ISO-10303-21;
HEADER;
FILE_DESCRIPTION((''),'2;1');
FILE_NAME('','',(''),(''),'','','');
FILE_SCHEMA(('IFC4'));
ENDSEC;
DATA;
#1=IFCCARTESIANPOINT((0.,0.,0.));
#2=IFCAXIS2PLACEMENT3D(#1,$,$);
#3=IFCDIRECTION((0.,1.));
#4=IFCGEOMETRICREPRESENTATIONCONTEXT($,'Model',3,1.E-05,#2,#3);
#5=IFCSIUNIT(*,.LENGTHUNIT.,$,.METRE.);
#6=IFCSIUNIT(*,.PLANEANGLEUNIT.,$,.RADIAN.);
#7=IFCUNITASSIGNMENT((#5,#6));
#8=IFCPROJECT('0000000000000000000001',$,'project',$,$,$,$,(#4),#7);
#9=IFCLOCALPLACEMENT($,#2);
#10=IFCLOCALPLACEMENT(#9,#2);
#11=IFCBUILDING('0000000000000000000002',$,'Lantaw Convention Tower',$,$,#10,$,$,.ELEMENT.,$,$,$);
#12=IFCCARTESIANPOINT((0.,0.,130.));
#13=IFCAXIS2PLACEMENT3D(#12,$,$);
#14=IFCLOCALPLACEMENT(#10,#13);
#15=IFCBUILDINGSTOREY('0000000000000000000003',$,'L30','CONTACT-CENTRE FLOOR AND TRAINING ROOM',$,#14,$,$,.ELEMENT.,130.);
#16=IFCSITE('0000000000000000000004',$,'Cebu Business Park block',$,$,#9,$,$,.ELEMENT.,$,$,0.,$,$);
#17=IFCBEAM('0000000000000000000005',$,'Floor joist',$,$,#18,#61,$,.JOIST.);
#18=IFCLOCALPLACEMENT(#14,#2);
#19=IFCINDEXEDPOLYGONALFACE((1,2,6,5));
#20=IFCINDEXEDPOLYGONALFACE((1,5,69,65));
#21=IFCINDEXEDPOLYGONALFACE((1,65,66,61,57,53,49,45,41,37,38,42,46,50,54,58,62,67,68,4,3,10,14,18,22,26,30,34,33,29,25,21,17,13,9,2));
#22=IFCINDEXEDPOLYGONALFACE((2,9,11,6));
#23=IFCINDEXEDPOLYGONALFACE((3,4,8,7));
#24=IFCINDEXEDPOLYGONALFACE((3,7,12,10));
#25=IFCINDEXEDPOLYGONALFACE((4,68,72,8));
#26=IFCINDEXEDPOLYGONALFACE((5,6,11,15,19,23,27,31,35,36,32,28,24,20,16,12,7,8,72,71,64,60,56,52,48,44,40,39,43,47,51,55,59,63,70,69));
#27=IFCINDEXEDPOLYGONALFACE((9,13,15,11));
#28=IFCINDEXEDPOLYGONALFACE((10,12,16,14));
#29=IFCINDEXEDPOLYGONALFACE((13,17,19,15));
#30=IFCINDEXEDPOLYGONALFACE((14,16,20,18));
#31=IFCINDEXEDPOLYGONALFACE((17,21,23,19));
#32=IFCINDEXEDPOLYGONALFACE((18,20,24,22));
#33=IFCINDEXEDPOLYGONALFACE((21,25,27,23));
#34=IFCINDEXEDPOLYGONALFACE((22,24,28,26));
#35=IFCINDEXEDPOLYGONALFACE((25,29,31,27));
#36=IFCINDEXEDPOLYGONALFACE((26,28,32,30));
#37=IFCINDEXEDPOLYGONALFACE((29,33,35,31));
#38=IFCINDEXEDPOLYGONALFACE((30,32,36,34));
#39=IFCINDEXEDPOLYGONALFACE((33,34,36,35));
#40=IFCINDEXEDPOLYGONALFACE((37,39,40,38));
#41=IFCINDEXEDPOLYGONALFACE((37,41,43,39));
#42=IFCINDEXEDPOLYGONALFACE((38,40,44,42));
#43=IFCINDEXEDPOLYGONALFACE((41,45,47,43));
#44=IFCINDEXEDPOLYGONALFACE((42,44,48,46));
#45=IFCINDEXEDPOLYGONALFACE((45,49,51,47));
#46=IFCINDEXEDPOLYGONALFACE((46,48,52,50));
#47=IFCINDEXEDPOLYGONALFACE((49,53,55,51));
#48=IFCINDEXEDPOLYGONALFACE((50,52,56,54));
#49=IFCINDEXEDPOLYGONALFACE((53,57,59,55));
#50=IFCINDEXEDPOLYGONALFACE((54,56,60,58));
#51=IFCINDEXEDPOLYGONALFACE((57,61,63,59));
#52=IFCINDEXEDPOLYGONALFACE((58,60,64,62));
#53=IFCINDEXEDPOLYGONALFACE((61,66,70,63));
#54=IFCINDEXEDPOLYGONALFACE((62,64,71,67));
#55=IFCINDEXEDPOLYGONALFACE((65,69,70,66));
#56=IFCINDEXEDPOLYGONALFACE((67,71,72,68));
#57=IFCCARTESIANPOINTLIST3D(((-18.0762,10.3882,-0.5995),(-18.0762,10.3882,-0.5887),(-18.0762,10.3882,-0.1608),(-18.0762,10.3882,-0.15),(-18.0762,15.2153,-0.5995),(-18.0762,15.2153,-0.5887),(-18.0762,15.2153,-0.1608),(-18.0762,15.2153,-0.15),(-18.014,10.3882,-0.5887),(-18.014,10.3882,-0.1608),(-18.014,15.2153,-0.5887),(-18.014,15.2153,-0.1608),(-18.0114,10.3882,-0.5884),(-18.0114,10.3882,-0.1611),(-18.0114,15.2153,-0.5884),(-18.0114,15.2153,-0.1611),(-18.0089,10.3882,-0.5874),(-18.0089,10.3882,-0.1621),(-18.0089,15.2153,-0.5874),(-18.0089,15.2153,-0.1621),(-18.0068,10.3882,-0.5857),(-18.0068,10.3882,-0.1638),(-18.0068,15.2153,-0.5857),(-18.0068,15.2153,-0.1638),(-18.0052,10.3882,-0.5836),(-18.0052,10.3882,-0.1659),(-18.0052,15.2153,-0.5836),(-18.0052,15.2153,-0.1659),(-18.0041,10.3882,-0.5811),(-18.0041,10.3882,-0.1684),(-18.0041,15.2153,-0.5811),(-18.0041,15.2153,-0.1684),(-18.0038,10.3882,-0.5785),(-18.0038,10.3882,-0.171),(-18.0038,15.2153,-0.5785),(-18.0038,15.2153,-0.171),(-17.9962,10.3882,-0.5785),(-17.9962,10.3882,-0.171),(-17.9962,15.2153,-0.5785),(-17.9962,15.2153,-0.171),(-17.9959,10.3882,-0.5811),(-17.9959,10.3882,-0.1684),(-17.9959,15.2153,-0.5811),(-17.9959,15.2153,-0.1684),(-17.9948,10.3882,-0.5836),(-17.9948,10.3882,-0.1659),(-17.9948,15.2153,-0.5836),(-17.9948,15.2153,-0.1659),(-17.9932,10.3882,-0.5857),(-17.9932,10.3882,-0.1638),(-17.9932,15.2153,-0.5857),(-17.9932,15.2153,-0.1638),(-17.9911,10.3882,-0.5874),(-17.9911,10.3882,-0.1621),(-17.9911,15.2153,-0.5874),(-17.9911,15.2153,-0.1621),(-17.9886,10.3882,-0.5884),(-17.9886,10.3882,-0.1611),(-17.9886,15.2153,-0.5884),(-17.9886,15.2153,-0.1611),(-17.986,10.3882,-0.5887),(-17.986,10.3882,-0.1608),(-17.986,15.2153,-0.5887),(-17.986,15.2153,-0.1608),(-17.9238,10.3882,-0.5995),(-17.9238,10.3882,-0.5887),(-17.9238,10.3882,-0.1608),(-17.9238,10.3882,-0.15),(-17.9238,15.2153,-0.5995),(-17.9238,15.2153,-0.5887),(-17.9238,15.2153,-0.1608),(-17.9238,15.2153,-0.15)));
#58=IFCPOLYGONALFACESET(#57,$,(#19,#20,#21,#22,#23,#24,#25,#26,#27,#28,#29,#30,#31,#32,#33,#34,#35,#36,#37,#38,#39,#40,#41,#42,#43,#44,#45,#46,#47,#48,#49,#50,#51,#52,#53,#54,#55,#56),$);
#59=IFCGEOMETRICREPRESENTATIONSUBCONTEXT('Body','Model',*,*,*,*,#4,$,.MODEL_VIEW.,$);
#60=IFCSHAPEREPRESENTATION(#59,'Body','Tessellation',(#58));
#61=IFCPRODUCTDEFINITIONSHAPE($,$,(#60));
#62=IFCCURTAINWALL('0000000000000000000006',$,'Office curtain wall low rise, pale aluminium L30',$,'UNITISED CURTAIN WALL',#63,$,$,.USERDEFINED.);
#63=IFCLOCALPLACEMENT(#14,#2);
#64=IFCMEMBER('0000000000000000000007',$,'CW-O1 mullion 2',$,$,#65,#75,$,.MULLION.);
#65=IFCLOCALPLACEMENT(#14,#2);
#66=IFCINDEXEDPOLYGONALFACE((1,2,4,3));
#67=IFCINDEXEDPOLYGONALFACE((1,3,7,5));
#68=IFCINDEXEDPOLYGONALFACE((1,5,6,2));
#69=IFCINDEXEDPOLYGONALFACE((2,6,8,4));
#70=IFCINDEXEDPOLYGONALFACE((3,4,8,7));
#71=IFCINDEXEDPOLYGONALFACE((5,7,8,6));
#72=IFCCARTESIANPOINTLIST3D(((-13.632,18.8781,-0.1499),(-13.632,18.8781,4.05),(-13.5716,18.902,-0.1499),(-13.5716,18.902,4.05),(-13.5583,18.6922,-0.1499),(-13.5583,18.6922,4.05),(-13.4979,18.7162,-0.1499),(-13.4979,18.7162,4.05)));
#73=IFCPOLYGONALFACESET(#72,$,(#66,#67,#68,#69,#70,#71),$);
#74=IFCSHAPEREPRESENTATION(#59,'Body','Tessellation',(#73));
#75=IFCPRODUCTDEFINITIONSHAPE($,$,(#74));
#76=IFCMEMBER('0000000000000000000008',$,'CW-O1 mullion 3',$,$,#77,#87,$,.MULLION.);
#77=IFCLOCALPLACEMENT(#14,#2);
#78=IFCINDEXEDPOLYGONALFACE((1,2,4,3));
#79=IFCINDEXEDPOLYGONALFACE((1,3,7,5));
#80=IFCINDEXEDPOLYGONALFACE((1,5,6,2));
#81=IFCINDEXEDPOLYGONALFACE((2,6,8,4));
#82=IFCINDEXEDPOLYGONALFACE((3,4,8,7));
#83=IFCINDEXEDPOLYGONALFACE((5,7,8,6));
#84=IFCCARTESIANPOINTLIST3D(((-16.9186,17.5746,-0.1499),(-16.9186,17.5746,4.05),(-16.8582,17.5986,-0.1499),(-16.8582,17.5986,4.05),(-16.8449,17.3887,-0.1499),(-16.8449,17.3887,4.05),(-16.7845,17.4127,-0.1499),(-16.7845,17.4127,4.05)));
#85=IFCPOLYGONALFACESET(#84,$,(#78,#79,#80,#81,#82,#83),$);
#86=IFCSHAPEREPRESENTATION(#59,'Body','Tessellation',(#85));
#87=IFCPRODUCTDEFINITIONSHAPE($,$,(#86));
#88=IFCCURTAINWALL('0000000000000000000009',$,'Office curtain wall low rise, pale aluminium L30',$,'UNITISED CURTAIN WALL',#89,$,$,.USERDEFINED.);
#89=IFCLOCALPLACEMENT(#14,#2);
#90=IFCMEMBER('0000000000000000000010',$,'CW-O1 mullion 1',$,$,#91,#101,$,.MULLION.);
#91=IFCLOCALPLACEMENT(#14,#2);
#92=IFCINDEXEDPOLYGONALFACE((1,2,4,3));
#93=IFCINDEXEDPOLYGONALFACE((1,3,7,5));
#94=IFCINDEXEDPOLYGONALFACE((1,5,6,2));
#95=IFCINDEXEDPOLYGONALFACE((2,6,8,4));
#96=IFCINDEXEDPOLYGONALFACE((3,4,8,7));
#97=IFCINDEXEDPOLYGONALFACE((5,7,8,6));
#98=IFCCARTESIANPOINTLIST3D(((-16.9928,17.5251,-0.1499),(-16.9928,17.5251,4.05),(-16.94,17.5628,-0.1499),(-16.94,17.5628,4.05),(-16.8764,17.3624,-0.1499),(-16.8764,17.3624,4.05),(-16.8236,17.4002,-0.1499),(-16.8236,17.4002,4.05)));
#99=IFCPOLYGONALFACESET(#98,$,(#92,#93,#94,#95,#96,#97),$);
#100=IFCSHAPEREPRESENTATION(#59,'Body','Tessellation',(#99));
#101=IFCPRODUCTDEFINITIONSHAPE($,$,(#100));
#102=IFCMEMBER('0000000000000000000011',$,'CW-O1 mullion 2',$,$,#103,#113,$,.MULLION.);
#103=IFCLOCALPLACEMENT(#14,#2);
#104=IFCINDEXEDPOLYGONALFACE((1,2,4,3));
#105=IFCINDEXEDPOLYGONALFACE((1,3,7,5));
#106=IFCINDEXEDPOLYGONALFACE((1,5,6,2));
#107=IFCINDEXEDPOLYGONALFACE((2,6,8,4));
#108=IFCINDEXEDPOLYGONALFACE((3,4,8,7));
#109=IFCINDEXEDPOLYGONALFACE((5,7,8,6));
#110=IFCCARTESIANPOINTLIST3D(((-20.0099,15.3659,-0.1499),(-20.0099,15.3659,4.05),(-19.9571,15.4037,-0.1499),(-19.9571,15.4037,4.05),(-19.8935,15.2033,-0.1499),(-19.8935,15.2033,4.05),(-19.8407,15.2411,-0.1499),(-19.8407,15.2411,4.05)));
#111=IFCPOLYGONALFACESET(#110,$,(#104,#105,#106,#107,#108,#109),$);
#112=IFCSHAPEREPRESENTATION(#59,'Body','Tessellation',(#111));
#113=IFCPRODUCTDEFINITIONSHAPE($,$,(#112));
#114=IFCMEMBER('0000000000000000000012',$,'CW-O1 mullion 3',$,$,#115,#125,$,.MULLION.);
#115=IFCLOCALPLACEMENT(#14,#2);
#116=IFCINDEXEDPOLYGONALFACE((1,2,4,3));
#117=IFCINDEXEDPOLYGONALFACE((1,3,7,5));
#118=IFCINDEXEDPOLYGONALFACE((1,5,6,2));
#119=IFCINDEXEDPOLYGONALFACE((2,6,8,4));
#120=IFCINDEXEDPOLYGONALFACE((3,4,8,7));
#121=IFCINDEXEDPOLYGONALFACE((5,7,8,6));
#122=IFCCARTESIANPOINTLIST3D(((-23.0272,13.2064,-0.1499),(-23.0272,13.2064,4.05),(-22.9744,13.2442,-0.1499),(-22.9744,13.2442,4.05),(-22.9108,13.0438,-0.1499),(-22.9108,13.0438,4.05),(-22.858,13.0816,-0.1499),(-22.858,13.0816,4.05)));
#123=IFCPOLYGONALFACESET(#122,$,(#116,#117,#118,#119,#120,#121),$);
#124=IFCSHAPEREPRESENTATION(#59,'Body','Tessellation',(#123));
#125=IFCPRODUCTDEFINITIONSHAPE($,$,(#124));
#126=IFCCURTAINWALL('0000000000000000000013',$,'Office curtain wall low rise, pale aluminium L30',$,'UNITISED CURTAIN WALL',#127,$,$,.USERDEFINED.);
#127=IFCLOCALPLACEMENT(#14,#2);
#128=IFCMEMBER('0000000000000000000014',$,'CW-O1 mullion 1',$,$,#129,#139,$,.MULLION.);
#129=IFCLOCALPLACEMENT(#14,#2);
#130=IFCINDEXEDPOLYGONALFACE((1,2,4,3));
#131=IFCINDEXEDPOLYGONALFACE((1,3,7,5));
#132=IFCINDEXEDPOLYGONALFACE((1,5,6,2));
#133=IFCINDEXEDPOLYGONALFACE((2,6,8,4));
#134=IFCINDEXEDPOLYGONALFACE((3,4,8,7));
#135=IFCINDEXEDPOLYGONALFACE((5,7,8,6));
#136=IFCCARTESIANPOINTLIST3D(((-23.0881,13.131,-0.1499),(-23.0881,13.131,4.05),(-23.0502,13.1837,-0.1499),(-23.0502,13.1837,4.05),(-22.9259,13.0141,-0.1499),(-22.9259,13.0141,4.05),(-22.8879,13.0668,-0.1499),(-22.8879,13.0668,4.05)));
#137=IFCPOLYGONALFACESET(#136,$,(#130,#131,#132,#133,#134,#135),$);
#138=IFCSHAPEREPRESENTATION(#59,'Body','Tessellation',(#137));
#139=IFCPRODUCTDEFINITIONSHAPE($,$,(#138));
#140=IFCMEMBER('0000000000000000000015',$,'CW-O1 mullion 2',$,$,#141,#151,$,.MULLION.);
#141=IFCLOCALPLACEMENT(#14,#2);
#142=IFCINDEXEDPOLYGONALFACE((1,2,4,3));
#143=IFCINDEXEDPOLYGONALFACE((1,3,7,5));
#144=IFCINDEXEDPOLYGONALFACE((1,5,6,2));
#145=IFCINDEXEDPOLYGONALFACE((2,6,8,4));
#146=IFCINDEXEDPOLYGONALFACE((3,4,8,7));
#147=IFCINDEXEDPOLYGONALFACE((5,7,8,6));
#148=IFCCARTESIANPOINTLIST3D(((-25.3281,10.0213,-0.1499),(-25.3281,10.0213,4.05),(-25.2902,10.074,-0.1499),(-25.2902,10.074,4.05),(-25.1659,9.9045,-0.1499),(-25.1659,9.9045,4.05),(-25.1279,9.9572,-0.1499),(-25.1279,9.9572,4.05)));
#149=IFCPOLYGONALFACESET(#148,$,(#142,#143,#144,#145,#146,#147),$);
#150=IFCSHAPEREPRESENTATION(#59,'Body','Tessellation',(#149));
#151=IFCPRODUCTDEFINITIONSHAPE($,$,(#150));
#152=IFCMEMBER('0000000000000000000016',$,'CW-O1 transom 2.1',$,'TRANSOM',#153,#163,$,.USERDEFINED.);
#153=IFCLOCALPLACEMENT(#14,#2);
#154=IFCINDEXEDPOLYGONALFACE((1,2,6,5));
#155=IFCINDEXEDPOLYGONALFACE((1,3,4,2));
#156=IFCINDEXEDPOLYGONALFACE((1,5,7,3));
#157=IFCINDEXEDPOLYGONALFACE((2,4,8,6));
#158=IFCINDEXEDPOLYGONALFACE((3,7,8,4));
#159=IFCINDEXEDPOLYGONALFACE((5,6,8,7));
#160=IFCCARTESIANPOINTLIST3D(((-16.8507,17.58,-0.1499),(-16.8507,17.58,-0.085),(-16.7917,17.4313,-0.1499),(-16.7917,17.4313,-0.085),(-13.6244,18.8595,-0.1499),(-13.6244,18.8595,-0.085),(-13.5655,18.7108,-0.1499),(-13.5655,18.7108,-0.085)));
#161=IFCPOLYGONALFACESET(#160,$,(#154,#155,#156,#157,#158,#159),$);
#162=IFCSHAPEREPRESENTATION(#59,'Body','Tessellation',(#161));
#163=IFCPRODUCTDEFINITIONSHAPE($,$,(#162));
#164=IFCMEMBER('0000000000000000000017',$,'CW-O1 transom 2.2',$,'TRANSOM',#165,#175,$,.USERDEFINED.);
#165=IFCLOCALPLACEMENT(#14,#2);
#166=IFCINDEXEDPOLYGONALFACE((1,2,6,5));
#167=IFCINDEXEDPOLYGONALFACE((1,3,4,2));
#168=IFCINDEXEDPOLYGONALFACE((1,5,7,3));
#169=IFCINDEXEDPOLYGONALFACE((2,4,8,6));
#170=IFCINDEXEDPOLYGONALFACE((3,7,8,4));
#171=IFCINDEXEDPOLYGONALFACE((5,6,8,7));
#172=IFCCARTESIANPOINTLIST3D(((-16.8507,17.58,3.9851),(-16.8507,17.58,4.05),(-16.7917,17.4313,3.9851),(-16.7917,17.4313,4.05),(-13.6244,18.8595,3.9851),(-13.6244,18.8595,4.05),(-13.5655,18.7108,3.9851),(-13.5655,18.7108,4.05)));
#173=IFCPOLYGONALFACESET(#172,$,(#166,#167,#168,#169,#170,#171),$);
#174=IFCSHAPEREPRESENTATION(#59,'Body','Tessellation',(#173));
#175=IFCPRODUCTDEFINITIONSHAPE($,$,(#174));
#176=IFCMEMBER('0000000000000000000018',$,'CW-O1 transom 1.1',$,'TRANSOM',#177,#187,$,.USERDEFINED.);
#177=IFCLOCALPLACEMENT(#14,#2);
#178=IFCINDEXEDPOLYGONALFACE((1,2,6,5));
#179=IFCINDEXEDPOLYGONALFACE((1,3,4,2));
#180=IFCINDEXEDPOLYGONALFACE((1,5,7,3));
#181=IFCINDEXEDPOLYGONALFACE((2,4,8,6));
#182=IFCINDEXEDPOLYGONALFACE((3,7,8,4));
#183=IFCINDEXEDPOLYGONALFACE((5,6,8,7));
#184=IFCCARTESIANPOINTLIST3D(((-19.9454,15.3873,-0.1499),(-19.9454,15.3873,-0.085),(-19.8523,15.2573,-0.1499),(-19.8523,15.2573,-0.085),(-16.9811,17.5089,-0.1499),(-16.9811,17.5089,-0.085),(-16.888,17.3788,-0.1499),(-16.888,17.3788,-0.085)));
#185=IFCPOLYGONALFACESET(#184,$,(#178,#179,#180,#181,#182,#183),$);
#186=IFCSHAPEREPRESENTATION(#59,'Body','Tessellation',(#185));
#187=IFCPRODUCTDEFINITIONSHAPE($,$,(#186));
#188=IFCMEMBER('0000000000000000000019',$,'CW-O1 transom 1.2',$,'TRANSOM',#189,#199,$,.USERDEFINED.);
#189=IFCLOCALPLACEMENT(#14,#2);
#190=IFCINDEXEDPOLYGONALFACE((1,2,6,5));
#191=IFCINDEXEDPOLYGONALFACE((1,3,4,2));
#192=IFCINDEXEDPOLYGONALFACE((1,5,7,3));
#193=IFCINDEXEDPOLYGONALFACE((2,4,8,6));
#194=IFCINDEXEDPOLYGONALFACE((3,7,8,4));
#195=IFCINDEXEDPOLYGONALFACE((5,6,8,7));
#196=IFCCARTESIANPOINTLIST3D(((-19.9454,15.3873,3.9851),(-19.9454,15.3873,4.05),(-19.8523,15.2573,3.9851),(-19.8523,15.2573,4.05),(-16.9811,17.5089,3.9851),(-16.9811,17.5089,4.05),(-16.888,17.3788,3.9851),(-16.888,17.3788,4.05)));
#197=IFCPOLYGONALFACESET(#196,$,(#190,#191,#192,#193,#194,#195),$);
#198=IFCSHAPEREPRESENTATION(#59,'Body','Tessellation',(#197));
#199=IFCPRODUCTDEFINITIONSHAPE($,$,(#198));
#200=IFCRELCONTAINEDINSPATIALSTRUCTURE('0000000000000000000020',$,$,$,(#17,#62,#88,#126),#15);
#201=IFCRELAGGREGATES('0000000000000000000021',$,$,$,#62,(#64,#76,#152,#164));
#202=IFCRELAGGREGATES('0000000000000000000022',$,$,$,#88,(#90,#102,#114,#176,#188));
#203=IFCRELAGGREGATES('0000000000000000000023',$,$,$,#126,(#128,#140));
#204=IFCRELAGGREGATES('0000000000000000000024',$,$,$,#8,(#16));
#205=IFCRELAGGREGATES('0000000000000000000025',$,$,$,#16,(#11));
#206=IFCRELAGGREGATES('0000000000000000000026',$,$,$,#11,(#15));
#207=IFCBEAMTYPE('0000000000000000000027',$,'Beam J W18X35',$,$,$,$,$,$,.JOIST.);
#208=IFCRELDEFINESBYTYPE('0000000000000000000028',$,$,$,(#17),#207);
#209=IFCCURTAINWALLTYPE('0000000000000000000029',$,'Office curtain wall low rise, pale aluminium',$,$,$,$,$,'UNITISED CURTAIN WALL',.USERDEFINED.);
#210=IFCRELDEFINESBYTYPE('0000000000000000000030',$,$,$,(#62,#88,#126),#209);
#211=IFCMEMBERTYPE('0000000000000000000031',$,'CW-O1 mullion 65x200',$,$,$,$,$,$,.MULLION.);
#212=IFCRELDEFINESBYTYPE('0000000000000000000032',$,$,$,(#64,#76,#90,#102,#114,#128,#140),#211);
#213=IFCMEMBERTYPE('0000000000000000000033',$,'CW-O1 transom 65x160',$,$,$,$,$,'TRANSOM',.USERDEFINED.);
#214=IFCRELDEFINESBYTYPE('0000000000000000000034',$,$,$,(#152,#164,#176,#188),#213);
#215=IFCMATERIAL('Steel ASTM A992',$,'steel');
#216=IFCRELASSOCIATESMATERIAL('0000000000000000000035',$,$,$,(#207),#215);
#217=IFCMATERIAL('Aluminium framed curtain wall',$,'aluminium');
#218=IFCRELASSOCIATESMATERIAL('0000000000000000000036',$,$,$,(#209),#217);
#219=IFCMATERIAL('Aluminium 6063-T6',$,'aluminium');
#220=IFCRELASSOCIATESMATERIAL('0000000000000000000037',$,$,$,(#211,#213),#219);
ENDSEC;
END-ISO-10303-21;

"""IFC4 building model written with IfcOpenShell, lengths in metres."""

from ifc_helpers import new_model, si_unit, direction, frame, origin, origin_2d, place, context, subcontext, project, spatial, rectangle, i_section, extrude, material, material_profile, profile_set, type_object, element, aggregate, save


model = new_model("IFC4")

# Units and contexts
model_context = context("Model", 3, precision=1e-05, world=origin(), true_north=direction((0.0, 1.0)))
body_context = subcontext(model_context, "Body", "Model", "MODEL_VIEW")
ifc_project = project(units=[si_unit("LENGTHUNIT", "METRE"), si_unit("PLANEANGLEUNIT", "RADIAN")], contexts=[model_context])

# Site, building, storey
site_placement = place(None, origin())
site = spatial("IfcSite", under=ifc_project, at=site_placement, Name="Cebu Business Park block", CompositionType="ELEMENT", RefElevation=0.0)
building_placement = place(site_placement, origin())
building = spatial("IfcBuilding", under=site, at=building_placement, Name="Lantaw Convention Tower", CompositionType="ELEMENT")
storey_placement = place(building_placement, frame((0.0, 0.0, 130.0)))
storey = spatial("IfcBuildingStorey", under=building, at=storey_placement, Name="L30", Description="CONTACT-CENTRE FLOOR AND TRAINING ROOM", CompositionType="ELEMENT", Elevation=130.0)

# Beam
ifc_material_1 = material(Name="Steel ASTM A992", Category="steel")
ifc_material_profile_1 = material_profile(ifc_material_1, i_section(OverallWidth=0.1523, OverallDepth=0.4495, WebThickness=0.0076, FlangeThickness=0.0107, FilletRadius=0.0103, at=origin_2d()), Name="W18X35")
ifc_profile_set_1 = profile_set([ifc_material_profile_1], Name="Steel ASTM A992")
beam_type_1 = type_object("IfcBeamType", Name="Beam J W18X35", PredefinedType="JOIST", material=ifc_profile_set_1)
beam_1_placement = place(storey_placement, frame((-18.0, 10.3882, -0.3748), z_axis=(0.0, 1.0, 0.0), x_axis=(-1.0, 0.0, 0.0)))
element("IfcBeam", 1, at=beam_1_placement, inside=storey, type_object=beam_type_1, Name="Floor joist", PredefinedType="JOIST", context=body_context, shape_type="SweptSolid", body=[
    extrude(i_section(OverallWidth=0.1523, OverallDepth=0.4495, WebThickness=0.0076, FlangeThickness=0.0107, FilletRadius=0.0103, at=origin_2d()), origin(), (0.0, 0.0, 1.0), 4.8271),
])

# Curtain walls, members
ifc_material_2 = material(Name="Aluminium framed curtain wall", Category="aluminium")
curtain_wall_type = type_object("IfcCurtainWallType", Name="Office curtain wall low rise, pale aluminium", ElementType="UNITISED CURTAIN WALL", PredefinedType="USERDEFINED", material=ifc_material_2)
curtain_wall_1_placement = place(storey_placement, origin())
curtain_wall_1 = element("IfcCurtainWall", 2, at=curtain_wall_1_placement, inside=storey, type_object=curtain_wall_type, Name="Office curtain wall low rise, pale aluminium L30", ObjectType="UNITISED CURTAIN WALL", PredefinedType="USERDEFINED")
ifc_material_3 = material(Name="Aluminium 6063-T6", Category="aluminium")
ifc_material_profile_2 = material_profile(ifc_material_3, rectangle(XDim=0.2, YDim=0.0649, at=origin_2d()), Name="CW-O1 mullion 65x200")
ifc_profile_set_2 = profile_set([ifc_material_profile_2], Name="Aluminium 6063-T6")
member_type_1 = type_object("IfcMemberType", Name="CW-O1 mullion 65x200", PredefinedType="MULLION", material=ifc_profile_set_2)
member_1_placement = place(storey_placement, frame((-13.5649, 18.7971, -0.1499), z_axis=(0.0, 0.0, 1.0), x_axis=(0.368702, -0.929548, 0.0)))
member_1 = element("IfcMember", 3, at=member_1_placement, type_object=member_type_1, Name="CW-O1 mullion 2", PredefinedType="MULLION", context=body_context, shape_type="SweptSolid", body=[
    extrude(rectangle(XDim=0.2, YDim=0.0649, at=origin_2d()), origin(), (0.0, 0.0, 1.0), 4.2),
])
member_2_placement = place(storey_placement, frame((-16.8516, 17.4937, -0.1499), z_axis=(0.0, 0.0, 1.0), x_axis=(0.368702, -0.929548, 0.0)))
member_2 = element("IfcMember", 4, at=member_2_placement, type_object=member_type_1, Name="CW-O1 mullion 3", PredefinedType="MULLION", context=body_context, shape_type="SweptSolid", body=[
    extrude(rectangle(XDim=0.2, YDim=0.0649, at=origin_2d()), origin(), (0.0, 0.0, 1.0), 4.2),
])
curtain_wall_2_placement = place(storey_placement, origin())
curtain_wall_2 = element("IfcCurtainWall", 5, at=curtain_wall_2_placement, inside=storey, type_object=curtain_wall_type, Name="Office curtain wall low rise, pale aluminium L30", ObjectType="UNITISED CURTAIN WALL", PredefinedType="USERDEFINED")
member_3_placement = place(storey_placement, frame((-16.9082, 17.4626, -0.1499), z_axis=(0.0, 0.0, 1.0), x_axis=(0.581973, -0.813208, 0.0)))
member_3 = element("IfcMember", 6, at=member_3_placement, type_object=member_type_1, Name="CW-O1 mullion 1", PredefinedType="MULLION", context=body_context, shape_type="SweptSolid", body=[
    extrude(rectangle(XDim=0.2, YDim=0.0649, at=origin_2d()), origin(), (0.0, 0.0, 1.0), 4.2),
])
member_4_placement = place(storey_placement, frame((-19.9253, 15.3035, -0.1499), z_axis=(0.0, 0.0, 1.0), x_axis=(0.581973, -0.813208, 0.0)))
member_4 = element("IfcMember", 7, at=member_4_placement, type_object=member_type_1, Name="CW-O1 mullion 2", PredefinedType="MULLION", context=body_context, shape_type="SweptSolid", body=[
    extrude(rectangle(XDim=0.2, YDim=0.0649, at=origin_2d()), origin(), (0.0, 0.0, 1.0), 4.2),
])
member_5_placement = place(storey_placement, frame((-22.9426, 13.144, -0.1499), z_axis=(0.0, 0.0, 1.0), x_axis=(0.581973, -0.813208, 0.0)))
member_5 = element("IfcMember", 8, at=member_5_placement, type_object=member_type_1, Name="CW-O1 mullion 3", PredefinedType="MULLION", context=body_context, shape_type="SweptSolid", body=[
    extrude(rectangle(XDim=0.2, YDim=0.0649, at=origin_2d()), origin(), (0.0, 0.0, 1.0), 4.2),
])
curtain_wall_3_placement = place(storey_placement, origin())
curtain_wall_3 = element("IfcCurtainWall", 9, at=curtain_wall_3_placement, inside=storey, type_object=curtain_wall_type, Name="Office curtain wall low rise, pale aluminium L30", ObjectType="UNITISED CURTAIN WALL", PredefinedType="USERDEFINED")
member_6_placement = place(storey_placement, frame((-22.988, 13.0989, -0.1499), z_axis=(0.0, 0.0, 1.0), x_axis=(0.811385, -0.584513, 0.0)))
member_6 = element("IfcMember", 10, at=member_6_placement, type_object=member_type_1, Name="CW-O1 mullion 1", PredefinedType="MULLION", context=body_context, shape_type="SweptSolid", body=[
    extrude(rectangle(XDim=0.2, YDim=0.0649, at=origin_2d()), origin(), (0.0, 0.0, 1.0), 4.2),
])
member_7_placement = place(storey_placement, frame((-25.228, 9.9893, -0.1499), z_axis=(0.0, 0.0, 1.0), x_axis=(0.811385, -0.584513, 0.0)))
member_7 = element("IfcMember", 11, at=member_7_placement, type_object=member_type_1, Name="CW-O1 mullion 2", PredefinedType="MULLION", context=body_context, shape_type="SweptSolid", body=[
    extrude(rectangle(XDim=0.2, YDim=0.0649, at=origin_2d()), origin(), (0.0, 0.0, 1.0), 4.2),
])

# Members
ifc_material_profile_3 = material_profile(ifc_material_3, rectangle(XDim=0.1599, YDim=0.0649, at=origin_2d()), Name="CW-O1 transom 65x160")
ifc_profile_set_3 = profile_set([ifc_material_profile_3], Name="Aluminium 6063-T6")
member_type_2 = type_object("IfcMemberType", Name="CW-O1 transom 65x160", ElementType="TRANSOM", PredefinedType="USERDEFINED", material=ifc_profile_set_3)
member_8_placement = place(storey_placement, frame((-13.595, 18.7852, -0.1174), z_axis=(-0.929564, -0.36866, 0.0), x_axis=(0.36866, -0.929564, 0.0)))
member_8 = element("IfcMember", 12, at=member_8_placement, type_object=member_type_2, Name="CW-O1 transom 2.1", ObjectType="TRANSOM", PredefinedType="USERDEFINED", context=body_context, shape_type="SweptSolid", body=[
    extrude(rectangle(XDim=0.1599, YDim=0.0649, at=origin_2d()), origin(), (0.0, 0.0, 1.0), 3.4707),
])
member_9_placement = place(storey_placement, frame((-13.595, 18.7852, 4.0176), z_axis=(-0.929564, -0.36866, 0.0), x_axis=(0.36866, -0.929564, 0.0)))
member_9 = element("IfcMember", 13, at=member_9_placement, type_object=member_type_2, Name="CW-O1 transom 2.2", ObjectType="TRANSOM", PredefinedType="USERDEFINED", context=body_context, shape_type="SweptSolid", body=[
    extrude(rectangle(XDim=0.1599, YDim=0.0649, at=origin_2d()), origin(), (0.0, 0.0, 1.0), 3.4707),
])
member_10_placement = place(storey_placement, frame((-16.9346, 17.4438, -0.1174), z_axis=(-0.81319, -0.581998, 0.0), x_axis=(0.581998, -0.81319, 0.0)))
member_10 = element("IfcMember", 14, at=member_10_placement, type_object=member_type_2, Name="CW-O1 transom 1.1", ObjectType="TRANSOM", PredefinedType="USERDEFINED", context=body_context, shape_type="SweptSolid", body=[
    extrude(rectangle(XDim=0.1599, YDim=0.0649, at=origin_2d()), origin(), (0.0, 0.0, 1.0), 3.6453),
])
member_11_placement = place(storey_placement, frame((-16.9346, 17.4438, 4.0176), z_axis=(-0.81319, -0.581998, 0.0), x_axis=(0.581998, -0.81319, 0.0)))
member_11 = element("IfcMember", 15, at=member_11_placement, type_object=member_type_2, Name="CW-O1 transom 1.2", ObjectType="TRANSOM", PredefinedType="USERDEFINED", context=body_context, shape_type="SweptSolid", body=[
    extrude(rectangle(XDim=0.1599, YDim=0.0649, at=origin_2d()), origin(), (0.0, 0.0, 1.0), 3.6453),
])

aggregate(curtain_wall_1, [member_1, member_2, member_8, member_9])
aggregate(curtain_wall_2, [member_3, member_4, member_5, member_10, member_11])
aggregate(curtain_wall_3, [member_6, member_7])

save(model, "model.ifc")
